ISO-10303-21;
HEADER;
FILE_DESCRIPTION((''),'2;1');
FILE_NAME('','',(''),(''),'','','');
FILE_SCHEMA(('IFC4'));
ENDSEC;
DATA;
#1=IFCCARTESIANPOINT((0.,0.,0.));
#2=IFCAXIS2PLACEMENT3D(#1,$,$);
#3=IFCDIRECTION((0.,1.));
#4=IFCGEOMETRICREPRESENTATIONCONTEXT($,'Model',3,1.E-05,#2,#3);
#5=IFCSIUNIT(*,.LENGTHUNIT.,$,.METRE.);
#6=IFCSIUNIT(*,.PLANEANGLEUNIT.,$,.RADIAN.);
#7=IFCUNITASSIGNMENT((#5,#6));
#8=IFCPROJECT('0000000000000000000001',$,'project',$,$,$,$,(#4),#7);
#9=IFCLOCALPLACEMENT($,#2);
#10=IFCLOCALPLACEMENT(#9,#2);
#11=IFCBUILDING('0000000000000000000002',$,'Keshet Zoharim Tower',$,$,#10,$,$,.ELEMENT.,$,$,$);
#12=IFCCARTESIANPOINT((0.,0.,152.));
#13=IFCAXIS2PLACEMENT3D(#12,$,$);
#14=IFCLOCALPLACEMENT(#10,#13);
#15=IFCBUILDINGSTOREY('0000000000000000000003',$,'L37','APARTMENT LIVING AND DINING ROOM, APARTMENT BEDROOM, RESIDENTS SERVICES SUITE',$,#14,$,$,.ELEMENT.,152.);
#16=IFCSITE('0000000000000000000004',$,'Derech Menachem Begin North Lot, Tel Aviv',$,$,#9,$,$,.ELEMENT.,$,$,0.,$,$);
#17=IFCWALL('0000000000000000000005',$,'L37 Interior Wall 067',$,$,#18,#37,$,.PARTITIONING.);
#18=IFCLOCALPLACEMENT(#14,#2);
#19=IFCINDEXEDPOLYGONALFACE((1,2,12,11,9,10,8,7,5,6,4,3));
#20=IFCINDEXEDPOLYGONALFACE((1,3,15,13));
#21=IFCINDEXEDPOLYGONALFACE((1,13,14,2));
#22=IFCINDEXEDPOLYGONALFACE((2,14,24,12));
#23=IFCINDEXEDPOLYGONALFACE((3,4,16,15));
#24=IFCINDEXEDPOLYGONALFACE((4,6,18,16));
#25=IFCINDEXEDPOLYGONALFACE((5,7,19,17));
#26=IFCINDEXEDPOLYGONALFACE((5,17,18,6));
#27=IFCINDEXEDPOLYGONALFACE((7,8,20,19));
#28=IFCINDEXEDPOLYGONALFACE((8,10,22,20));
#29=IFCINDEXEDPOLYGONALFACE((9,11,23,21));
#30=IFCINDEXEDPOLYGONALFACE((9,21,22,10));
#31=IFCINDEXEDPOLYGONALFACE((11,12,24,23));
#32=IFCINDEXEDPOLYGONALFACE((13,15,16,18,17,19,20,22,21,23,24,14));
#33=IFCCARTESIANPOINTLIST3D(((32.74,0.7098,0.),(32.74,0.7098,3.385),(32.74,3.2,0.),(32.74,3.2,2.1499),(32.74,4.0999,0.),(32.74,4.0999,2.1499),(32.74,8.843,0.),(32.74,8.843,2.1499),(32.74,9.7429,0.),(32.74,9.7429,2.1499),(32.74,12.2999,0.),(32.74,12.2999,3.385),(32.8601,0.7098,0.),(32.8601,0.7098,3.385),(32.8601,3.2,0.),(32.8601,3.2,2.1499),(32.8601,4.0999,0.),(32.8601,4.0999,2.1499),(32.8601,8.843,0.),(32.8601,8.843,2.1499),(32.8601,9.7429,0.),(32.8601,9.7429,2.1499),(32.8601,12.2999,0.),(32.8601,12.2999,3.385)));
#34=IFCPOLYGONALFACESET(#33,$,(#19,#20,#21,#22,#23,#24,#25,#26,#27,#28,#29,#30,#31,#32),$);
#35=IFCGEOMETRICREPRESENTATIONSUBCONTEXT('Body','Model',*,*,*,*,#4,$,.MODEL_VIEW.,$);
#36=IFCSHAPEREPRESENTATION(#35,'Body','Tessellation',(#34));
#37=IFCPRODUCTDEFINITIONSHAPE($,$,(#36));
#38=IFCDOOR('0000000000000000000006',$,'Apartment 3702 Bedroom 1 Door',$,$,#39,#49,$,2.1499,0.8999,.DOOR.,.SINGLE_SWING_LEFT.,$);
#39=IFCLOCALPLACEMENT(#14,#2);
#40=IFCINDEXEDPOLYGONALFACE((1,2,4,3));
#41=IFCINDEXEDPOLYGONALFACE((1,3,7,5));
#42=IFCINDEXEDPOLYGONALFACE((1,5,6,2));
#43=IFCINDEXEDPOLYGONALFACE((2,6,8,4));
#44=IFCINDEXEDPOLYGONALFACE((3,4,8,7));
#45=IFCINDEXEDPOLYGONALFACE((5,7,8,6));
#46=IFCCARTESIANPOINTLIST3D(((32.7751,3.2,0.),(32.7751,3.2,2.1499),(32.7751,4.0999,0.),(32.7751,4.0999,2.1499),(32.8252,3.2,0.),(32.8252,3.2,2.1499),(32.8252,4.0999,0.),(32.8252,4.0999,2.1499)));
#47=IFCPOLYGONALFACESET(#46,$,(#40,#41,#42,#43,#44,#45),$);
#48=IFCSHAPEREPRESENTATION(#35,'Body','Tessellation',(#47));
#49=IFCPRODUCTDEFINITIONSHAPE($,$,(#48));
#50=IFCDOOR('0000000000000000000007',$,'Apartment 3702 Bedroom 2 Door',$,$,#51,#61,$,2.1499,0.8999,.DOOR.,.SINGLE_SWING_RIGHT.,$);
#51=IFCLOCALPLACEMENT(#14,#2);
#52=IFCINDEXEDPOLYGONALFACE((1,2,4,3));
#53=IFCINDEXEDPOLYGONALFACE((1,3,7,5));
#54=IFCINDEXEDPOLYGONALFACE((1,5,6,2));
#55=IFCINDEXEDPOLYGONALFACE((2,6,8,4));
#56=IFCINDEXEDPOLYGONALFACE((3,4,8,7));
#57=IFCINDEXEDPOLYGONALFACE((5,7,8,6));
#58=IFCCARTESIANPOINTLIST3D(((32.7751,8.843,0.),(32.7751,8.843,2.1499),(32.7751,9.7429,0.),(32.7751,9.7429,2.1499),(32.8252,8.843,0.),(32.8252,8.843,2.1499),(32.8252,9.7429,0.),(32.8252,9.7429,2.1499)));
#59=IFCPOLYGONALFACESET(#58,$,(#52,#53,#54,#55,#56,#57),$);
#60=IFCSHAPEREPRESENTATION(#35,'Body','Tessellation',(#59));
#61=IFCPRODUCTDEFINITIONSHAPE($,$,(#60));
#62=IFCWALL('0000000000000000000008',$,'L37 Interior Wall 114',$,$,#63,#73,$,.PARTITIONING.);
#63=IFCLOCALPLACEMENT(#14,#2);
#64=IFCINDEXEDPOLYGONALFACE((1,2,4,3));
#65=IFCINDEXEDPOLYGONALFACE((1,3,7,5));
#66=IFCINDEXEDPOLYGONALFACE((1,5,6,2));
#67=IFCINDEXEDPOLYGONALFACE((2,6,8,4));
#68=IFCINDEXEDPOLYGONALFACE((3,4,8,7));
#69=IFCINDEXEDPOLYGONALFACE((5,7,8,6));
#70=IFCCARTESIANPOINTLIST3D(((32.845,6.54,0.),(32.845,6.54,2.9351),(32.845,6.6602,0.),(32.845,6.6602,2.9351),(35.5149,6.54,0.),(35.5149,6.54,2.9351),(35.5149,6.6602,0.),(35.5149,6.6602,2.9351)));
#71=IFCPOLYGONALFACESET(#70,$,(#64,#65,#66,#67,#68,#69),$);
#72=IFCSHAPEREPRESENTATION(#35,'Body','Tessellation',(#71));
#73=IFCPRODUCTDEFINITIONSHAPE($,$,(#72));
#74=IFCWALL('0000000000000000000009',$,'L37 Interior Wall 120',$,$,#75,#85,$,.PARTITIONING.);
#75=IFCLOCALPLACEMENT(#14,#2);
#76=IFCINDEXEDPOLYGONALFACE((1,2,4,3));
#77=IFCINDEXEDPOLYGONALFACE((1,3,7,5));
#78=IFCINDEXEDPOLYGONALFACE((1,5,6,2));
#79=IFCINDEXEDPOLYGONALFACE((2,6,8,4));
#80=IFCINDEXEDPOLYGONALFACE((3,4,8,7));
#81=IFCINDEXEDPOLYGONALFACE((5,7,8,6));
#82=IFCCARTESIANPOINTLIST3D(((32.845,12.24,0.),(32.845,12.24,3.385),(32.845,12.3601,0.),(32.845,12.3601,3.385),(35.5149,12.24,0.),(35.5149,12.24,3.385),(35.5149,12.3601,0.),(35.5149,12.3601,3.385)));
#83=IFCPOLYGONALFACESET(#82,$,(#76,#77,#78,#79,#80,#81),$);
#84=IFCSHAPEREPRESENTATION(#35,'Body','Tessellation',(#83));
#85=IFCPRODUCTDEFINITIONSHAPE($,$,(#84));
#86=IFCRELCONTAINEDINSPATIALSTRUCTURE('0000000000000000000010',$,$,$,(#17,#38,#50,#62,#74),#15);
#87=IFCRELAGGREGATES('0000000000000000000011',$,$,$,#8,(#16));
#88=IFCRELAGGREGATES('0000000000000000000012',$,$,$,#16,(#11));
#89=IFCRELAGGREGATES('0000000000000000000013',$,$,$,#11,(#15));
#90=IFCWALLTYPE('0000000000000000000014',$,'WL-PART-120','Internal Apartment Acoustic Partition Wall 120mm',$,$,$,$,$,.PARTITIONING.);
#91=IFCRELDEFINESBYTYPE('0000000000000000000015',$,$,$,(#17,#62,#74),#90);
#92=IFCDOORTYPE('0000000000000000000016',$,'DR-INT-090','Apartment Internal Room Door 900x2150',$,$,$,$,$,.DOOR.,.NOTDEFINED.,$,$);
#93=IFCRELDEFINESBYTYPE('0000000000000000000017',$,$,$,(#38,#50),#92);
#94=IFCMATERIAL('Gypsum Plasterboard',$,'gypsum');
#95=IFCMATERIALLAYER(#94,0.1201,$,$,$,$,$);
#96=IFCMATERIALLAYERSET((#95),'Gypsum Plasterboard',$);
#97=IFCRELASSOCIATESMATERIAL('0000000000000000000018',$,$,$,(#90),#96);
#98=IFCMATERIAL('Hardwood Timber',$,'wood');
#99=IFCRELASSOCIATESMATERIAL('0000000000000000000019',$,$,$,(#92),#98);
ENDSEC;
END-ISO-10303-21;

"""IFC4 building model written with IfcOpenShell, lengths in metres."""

from ifc_helpers import new_model, si_unit, direction, frame, frame_2d, origin, place, context, subcontext, project, spatial, rectangle, extrude, material, layer, layer_set, type_object, element, fill, save


model = new_model("IFC4")

# Units and contexts
model_context = context("Model", 3, precision=1e-05, world=origin(), true_north=direction((0.0, 1.0)))
body_context = subcontext(model_context, "Body", "Model", "MODEL_VIEW")
ifc_project = project(units=[si_unit("LENGTHUNIT", "METRE"), si_unit("PLANEANGLEUNIT", "RADIAN")], contexts=[model_context])

# Site, building, storey
site_placement = place(None, origin())
site = spatial("IfcSite", under=ifc_project, at=site_placement, Name="Derech Menachem Begin North Lot, Tel Aviv", CompositionType="ELEMENT", RefElevation=0.0)
building_placement = place(site_placement, origin())
building = spatial("IfcBuilding", under=site, at=building_placement, Name="Keshet Zoharim Tower", CompositionType="ELEMENT")
storey_placement = place(building_placement, frame((0.0, 0.0, 152.0)))
storey = spatial("IfcBuildingStorey", under=building, at=storey_placement, Name="L37", Description="APARTMENT LIVING AND DINING ROOM, APARTMENT BEDROOM, RESIDENTS SERVICES SUITE", CompositionType="ELEMENT", Elevation=152.0)

# Shared definitions
ifc_material_1 = material(Name="Gypsum Plasterboard", Category="gypsum")
ifc_layer_1 = layer(ifc_material_1, 0.1201)
ifc_layer_set_1 = layer_set([ifc_layer_1], Name="Gypsum Plasterboard")
wall_type = type_object("IfcWallType", Name="WL-PART-120", Description="Internal Apartment Acoustic Partition Wall 120mm", PredefinedType="PARTITIONING", material=ifc_layer_set_1)

# Wall, openings, doors
wall_1_placement = place(storey_placement, frame((32.8, 0.71, 0.0), z_axis=(0.0, 0.0, 1.0), x_axis=(0.0, 1.0, 0.0)))
wall_1 = element("IfcWall", 1, at=wall_1_placement, inside=storey, type_object=wall_type, Name="L37 Interior Wall 067", PredefinedType="PARTITIONING", context=body_context, shape_type="SweptSolid", body=[
    extrude(rectangle(XDim=11.5901, YDim=0.1201, at=frame_2d((5.7949, 0.0))), origin(), (0.0, 0.0, 1.0), 3.385),
])
opening_1_placement = place(wall_1_placement, frame((2.49, 0.0, 0.0)))
opening_1 = element("IfcOpeningElement", 2, at=opening_1_placement, cuts=wall_1, PredefinedType="OPENING", context=body_context, shape_type="SweptSolid", body=[
    extrude(rectangle(XDim=0.8999, YDim=2.1499, at=frame_2d((0.45, 1.075))), frame((0.0, 0.0701, 0.0), z_axis=(0.0, -1.0, 0.0), x_axis=(1.0, 0.0, 0.0)), (0.0, 0.0, 1.0), 0.1401),
])
opening_2_placement = place(wall_1_placement, frame((8.1331, 0.0, 0.0)))
opening_2 = element("IfcOpeningElement", 3, at=opening_2_placement, cuts=wall_1, PredefinedType="OPENING", context=body_context, shape_type="SweptSolid", body=[
    extrude(rectangle(XDim=0.8999, YDim=2.1499, at=frame_2d((0.45, 1.075))), frame((0.0, 0.0701, 0.0), z_axis=(0.0, -1.0, 0.0), x_axis=(1.0, 0.0, 0.0)), (0.0, 0.0, 1.0), 0.1401),
])
ifc_material_2 = material(Name="Hardwood Timber", Category="wood")
door_type = type_object("IfcDoorType", Name="DR-INT-090", Description="Apartment Internal Room Door 900x2150", OperationType="NOTDEFINED", PredefinedType="DOOR", material=ifc_material_2)
door_1_placement = place(opening_1_placement, origin())
door_1 = element("IfcDoor", 4, at=door_1_placement, inside=storey, type_object=door_type, Name="Apartment 3702 Bedroom 1 Door", OperationType="SINGLE_SWING_LEFT", OverallHeight=2.1499, OverallWidth=0.8999, PredefinedType="DOOR", context=body_context, shape_type="SweptSolid", body=[
    extrude(rectangle(XDim=0.8999, YDim=2.1499, at=frame_2d((0.45, 1.075))), frame((0.0, 0.0249, 0.0), z_axis=(0.0, -1.0, 0.0), x_axis=(1.0, 0.0, 0.0)), (0.0, 0.0, 1.0), 0.05),
])
fill(opening_1, door_1)
door_2_placement = place(opening_2_placement, origin())
door_2 = element("IfcDoor", 5, at=door_2_placement, inside=storey, type_object=door_type, Name="Apartment 3702 Bedroom 2 Door", OperationType="SINGLE_SWING_RIGHT", OverallHeight=2.1499, OverallWidth=0.8999, PredefinedType="DOOR", context=body_context, shape_type="SweptSolid", body=[
    extrude(rectangle(XDim=0.8999, YDim=2.1499, at=frame_2d((0.45, 1.075))), frame((0.0, 0.0249, 0.0), z_axis=(0.0, -1.0, 0.0), x_axis=(1.0, 0.0, 0.0)), (0.0, 0.0, 1.0), 0.05),
])
fill(opening_2, door_2)

# Walls
wall_2_placement = place(storey_placement, frame((32.845, 6.6001, 0.0), z_axis=(0.0, 0.0, 1.0), x_axis=(1.0, 0.0, 0.0)))
element("IfcWall", 6, at=wall_2_placement, inside=storey, type_object=wall_type, Name="L37 Interior Wall 114", PredefinedType="PARTITIONING", context=body_context, shape_type="SweptSolid", body=[
    extrude(rectangle(XDim=2.6699, YDim=0.1201, at=frame_2d((1.335, 0.0))), origin(), (0.0, 0.0, 1.0), 2.9351),
])
wall_3_placement = place(storey_placement, frame((32.845, 12.3, 0.0), z_axis=(0.0, 0.0, 1.0), x_axis=(1.0, 0.0, 0.0)))
element("IfcWall", 7, at=wall_3_placement, inside=storey, type_object=wall_type, Name="L37 Interior Wall 120", PredefinedType="PARTITIONING", context=body_context, shape_type="SweptSolid", body=[
    extrude(rectangle(XDim=2.6699, YDim=0.1201, at=frame_2d((1.335, 0.0))), origin(), (0.0, 0.0, 1.0), 3.385),
])

save(model, "model.ifc")
